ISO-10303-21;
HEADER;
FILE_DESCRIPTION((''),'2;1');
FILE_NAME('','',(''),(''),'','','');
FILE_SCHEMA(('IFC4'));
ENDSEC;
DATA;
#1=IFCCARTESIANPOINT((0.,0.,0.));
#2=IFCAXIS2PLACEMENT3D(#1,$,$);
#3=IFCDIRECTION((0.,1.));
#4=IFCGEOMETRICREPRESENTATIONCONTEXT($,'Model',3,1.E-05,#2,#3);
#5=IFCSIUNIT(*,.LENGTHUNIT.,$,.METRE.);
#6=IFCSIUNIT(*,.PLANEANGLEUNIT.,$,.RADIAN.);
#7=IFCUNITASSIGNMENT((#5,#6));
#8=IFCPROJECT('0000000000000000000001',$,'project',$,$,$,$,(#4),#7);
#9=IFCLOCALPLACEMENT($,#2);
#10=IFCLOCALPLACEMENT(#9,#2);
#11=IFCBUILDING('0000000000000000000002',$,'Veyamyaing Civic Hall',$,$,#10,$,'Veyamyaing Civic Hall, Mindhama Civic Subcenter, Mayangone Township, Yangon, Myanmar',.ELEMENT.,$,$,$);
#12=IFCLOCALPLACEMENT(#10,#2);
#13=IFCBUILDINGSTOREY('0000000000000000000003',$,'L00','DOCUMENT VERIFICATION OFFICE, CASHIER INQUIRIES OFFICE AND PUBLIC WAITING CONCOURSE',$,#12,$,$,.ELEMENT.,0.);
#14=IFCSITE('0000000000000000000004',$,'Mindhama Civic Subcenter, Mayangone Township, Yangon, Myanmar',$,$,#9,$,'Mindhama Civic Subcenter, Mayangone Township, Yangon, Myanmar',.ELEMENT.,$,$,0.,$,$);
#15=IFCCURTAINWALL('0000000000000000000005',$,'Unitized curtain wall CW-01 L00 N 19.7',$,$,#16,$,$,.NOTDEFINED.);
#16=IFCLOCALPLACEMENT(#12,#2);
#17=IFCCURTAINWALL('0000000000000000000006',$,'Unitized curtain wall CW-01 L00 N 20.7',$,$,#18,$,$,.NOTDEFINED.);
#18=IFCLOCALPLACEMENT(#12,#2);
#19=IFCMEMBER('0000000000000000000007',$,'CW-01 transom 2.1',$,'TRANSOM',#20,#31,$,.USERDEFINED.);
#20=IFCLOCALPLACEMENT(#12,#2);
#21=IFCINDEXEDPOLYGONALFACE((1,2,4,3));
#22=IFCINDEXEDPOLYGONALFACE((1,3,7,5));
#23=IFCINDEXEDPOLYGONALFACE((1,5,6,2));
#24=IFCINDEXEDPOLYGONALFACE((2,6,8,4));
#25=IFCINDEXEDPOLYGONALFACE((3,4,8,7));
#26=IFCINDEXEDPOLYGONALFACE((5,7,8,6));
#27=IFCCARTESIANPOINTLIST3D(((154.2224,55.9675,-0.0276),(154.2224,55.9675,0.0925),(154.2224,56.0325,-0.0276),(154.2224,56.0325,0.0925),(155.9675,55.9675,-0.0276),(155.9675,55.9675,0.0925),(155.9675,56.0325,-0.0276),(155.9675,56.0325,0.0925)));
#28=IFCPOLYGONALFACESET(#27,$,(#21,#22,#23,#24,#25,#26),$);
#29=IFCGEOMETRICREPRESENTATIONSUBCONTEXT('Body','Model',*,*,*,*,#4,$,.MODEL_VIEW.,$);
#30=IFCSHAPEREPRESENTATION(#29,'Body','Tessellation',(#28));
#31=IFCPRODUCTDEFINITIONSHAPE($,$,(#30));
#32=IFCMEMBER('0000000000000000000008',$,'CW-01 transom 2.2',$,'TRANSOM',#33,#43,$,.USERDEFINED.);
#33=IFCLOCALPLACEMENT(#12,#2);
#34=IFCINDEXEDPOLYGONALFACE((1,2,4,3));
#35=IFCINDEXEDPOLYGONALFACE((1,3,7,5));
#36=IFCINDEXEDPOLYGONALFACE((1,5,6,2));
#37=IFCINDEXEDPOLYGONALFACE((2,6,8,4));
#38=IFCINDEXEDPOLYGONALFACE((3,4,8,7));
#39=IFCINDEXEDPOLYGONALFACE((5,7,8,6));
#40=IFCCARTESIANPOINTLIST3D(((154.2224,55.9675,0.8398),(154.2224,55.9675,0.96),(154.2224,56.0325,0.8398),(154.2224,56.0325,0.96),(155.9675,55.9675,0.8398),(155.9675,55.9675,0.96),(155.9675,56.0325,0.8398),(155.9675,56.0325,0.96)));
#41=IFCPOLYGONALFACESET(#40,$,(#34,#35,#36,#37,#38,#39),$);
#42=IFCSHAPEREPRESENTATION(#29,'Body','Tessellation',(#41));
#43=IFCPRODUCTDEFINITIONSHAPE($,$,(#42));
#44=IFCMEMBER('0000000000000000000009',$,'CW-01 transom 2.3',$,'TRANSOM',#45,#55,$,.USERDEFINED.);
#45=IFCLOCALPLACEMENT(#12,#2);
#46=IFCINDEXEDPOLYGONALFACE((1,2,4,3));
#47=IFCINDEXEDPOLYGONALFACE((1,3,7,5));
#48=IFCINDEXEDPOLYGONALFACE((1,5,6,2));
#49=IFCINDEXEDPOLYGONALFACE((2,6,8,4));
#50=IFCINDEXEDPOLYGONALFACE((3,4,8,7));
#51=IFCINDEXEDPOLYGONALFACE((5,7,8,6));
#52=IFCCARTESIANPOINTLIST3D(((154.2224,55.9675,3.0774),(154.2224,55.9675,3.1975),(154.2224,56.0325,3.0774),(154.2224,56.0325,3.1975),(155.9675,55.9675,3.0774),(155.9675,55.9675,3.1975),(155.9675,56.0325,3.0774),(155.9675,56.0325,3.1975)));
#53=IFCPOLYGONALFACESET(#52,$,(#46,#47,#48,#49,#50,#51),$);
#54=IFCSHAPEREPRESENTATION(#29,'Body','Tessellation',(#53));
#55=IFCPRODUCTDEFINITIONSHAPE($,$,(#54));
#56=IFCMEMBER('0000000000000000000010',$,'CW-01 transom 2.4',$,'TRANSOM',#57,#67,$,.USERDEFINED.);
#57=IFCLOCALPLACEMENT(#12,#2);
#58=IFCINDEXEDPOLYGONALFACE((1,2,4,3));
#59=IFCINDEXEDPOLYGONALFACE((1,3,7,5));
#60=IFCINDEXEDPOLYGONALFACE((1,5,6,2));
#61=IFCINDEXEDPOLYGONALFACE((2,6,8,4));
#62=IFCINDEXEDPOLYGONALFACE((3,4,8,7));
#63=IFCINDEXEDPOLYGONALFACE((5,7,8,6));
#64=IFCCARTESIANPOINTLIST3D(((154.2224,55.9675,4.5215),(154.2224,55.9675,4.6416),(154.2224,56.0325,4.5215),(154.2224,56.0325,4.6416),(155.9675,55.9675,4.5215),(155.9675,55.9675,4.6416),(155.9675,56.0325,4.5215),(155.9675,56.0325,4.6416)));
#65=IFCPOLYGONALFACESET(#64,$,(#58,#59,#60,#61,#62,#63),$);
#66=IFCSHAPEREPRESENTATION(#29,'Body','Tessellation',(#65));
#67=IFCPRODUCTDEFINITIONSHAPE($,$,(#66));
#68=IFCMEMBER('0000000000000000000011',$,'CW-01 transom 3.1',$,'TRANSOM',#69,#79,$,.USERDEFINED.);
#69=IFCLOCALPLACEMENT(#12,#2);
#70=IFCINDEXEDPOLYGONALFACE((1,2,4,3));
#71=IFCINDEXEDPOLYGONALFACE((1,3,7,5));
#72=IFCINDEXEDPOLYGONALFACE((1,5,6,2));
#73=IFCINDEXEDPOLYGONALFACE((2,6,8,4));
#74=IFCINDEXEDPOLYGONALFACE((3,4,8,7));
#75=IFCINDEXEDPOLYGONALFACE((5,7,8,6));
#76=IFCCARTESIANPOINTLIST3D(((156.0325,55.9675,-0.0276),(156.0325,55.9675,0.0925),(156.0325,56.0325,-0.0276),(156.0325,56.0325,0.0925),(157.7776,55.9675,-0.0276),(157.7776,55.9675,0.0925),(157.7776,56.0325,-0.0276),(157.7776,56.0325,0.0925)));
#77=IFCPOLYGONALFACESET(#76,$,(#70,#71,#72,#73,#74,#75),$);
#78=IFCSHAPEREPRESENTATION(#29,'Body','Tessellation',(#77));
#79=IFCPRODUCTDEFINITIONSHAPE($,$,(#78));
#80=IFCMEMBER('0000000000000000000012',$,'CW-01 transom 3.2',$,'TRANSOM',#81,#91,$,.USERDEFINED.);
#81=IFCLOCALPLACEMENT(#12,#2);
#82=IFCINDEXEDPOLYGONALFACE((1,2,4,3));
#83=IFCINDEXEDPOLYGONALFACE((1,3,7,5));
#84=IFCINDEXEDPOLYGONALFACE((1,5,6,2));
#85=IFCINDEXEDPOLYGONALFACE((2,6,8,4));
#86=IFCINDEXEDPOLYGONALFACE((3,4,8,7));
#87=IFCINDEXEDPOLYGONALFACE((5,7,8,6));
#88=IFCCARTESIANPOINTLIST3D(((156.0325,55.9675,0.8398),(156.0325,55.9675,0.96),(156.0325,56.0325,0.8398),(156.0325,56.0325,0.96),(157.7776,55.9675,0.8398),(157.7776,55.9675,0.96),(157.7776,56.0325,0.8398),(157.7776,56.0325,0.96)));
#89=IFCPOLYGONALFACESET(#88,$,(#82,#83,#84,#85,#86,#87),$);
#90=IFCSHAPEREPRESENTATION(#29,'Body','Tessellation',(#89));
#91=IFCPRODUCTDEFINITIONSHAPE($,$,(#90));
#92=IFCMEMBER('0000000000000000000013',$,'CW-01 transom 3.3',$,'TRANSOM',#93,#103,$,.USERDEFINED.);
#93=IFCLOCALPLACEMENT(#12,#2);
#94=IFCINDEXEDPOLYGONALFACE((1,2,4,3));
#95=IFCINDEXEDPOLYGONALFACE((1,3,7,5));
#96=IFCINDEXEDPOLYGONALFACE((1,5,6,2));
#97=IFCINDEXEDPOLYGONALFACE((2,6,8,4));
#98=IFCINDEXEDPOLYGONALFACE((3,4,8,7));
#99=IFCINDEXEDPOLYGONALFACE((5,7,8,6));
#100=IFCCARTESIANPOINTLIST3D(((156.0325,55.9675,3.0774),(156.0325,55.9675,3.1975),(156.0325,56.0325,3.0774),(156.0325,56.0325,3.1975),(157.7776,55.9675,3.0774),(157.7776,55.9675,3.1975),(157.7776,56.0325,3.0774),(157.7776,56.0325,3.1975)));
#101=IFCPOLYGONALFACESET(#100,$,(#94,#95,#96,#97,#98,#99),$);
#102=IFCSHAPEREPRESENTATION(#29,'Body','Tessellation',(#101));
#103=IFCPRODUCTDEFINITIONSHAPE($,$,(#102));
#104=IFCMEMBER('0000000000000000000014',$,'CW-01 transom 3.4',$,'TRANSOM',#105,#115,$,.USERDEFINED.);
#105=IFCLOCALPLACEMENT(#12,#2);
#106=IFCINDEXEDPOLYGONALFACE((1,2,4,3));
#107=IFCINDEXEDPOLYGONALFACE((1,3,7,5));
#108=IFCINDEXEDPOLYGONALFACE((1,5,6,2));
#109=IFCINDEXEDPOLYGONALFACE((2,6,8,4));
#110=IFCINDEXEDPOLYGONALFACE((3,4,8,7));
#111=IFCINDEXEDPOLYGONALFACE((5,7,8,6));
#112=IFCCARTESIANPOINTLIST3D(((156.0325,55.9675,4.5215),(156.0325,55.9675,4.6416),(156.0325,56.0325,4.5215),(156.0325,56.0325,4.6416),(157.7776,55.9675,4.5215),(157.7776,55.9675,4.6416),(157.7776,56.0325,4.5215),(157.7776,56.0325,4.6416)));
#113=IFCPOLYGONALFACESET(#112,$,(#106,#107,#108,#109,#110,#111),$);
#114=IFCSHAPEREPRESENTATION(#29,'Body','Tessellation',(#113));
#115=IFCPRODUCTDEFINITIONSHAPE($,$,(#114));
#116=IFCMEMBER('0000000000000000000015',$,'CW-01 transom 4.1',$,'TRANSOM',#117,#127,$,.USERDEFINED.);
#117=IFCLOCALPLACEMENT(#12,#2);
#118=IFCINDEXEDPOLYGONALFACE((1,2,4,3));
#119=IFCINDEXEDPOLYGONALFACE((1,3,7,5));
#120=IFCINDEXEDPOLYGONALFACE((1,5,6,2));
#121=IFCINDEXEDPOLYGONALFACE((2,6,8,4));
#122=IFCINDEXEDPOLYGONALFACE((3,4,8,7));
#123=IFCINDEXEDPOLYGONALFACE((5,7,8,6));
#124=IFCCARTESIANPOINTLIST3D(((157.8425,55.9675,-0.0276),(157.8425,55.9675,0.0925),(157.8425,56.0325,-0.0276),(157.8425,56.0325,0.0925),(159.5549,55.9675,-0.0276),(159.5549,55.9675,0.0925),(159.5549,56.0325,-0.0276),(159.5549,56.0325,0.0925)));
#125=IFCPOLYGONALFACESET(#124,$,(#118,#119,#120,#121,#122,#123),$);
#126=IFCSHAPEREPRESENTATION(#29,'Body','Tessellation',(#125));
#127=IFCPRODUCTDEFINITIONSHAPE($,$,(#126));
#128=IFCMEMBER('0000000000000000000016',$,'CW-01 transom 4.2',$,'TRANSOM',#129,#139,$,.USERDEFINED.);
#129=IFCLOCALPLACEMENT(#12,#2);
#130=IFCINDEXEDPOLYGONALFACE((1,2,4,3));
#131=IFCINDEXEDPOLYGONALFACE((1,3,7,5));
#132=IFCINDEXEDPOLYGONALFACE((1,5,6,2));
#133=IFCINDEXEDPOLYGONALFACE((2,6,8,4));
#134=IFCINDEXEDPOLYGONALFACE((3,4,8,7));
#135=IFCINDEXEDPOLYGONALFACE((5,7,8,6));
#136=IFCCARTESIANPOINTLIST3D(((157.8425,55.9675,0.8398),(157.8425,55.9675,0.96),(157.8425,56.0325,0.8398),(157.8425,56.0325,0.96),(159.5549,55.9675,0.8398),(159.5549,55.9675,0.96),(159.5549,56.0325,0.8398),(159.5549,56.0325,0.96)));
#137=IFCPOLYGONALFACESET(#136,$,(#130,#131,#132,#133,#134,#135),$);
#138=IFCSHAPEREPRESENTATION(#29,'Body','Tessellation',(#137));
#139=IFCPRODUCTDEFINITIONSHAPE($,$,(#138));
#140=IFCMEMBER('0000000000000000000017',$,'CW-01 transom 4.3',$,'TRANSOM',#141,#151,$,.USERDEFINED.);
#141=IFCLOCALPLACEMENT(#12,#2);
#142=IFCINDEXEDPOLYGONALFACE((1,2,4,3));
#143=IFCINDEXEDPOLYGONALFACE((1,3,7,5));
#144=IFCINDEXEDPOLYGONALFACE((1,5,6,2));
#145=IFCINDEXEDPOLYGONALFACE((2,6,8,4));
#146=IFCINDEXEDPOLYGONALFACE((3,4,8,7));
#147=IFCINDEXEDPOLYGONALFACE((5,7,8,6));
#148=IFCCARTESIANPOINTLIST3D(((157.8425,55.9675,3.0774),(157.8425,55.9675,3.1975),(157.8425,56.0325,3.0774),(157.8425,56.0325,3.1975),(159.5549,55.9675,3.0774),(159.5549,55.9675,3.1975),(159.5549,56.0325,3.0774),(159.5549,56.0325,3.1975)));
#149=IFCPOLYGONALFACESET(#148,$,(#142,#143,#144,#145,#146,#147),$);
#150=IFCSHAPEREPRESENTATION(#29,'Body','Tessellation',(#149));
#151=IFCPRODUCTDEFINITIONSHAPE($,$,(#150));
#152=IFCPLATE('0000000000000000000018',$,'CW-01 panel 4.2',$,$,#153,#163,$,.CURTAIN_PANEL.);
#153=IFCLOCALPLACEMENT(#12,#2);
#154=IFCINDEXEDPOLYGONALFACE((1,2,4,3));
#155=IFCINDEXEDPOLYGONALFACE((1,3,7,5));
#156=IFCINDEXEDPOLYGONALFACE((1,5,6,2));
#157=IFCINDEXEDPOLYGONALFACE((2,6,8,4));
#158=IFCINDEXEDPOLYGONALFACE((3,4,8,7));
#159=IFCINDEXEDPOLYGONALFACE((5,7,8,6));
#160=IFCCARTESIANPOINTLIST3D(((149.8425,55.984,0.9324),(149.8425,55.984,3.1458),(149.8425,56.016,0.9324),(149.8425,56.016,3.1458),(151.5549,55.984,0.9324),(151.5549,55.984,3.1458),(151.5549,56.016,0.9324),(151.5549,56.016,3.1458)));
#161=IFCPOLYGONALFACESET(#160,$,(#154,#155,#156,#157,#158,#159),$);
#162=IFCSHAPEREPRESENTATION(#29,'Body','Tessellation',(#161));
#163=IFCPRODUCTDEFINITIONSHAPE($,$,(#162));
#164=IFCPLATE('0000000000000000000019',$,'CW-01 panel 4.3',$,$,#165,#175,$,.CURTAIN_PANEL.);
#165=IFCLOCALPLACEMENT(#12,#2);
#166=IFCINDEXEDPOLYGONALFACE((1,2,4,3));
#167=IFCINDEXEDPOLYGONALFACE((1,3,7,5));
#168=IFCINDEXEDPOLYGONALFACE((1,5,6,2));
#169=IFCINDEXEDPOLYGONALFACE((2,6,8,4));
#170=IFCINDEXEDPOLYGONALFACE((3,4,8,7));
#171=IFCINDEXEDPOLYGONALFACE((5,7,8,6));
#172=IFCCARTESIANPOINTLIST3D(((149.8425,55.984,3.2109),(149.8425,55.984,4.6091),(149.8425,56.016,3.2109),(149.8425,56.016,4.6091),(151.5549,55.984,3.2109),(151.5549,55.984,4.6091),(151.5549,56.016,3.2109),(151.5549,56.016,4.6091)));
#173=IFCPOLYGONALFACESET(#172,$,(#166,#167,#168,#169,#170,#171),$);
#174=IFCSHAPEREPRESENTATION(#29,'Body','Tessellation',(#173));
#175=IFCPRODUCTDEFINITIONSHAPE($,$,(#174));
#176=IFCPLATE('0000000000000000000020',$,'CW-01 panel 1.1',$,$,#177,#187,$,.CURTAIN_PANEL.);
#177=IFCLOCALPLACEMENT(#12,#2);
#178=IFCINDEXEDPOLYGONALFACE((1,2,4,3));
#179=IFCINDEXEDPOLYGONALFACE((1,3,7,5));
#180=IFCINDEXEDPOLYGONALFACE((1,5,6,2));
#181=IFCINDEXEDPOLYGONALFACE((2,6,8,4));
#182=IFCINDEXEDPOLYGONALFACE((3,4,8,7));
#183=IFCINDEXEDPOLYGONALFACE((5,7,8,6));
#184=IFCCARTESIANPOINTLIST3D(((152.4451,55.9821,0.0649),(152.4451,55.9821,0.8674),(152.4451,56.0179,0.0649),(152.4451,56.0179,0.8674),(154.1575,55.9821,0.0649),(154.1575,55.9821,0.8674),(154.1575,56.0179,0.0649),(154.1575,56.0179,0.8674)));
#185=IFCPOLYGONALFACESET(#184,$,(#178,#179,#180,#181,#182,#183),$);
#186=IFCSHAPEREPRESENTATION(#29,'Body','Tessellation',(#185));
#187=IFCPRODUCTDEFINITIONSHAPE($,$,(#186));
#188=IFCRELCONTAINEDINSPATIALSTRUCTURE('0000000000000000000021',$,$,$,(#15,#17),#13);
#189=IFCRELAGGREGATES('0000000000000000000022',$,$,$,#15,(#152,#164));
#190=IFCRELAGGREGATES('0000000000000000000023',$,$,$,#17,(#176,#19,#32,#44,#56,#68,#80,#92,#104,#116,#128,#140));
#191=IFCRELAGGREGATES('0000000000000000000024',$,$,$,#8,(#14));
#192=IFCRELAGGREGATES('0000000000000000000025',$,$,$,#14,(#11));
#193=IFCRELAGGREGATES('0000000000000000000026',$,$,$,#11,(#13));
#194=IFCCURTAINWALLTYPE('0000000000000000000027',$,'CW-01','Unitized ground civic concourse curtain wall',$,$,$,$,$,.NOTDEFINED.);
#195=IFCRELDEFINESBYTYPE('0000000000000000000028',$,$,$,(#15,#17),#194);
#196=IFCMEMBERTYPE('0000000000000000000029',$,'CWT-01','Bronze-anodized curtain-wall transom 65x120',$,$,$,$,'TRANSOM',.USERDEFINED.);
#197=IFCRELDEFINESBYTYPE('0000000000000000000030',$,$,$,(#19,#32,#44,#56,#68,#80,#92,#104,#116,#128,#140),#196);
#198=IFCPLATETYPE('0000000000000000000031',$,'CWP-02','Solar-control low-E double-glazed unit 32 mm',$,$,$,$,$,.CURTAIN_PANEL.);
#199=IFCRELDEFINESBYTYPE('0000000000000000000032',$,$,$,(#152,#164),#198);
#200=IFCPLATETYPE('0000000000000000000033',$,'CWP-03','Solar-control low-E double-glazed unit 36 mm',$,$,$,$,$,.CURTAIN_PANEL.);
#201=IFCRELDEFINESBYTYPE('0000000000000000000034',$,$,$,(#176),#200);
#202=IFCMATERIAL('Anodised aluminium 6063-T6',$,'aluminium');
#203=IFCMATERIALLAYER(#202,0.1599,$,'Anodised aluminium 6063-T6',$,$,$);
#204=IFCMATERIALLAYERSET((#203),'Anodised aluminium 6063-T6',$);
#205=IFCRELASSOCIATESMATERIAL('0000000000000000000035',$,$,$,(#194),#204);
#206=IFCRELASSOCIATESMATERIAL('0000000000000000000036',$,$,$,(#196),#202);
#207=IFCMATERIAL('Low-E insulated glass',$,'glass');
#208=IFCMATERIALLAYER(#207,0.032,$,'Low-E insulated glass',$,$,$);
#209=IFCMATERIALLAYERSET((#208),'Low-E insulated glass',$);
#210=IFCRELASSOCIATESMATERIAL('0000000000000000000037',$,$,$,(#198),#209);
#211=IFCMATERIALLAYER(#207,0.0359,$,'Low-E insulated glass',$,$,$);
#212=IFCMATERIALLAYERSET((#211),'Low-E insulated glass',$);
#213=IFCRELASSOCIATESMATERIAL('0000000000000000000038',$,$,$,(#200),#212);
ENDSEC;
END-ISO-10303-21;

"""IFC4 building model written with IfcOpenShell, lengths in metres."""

from ifc_helpers import new_model, si_unit, direction, frame, origin, origin_2d, place, context, subcontext, project, spatial, rectangle, extrude, material, layer, layer_set, material_profile, profile_set, type_object, element, aggregate, save


model = new_model("IFC4")

# Units and contexts
model_context = context("Model", 3, precision=1e-05, world=origin(), true_north=direction((0.0, 1.0)))
body_context = subcontext(model_context, "Body", "Model", "MODEL_VIEW")
ifc_project = project(units=[si_unit("LENGTHUNIT", "METRE"), si_unit("PLANEANGLEUNIT", "RADIAN")], contexts=[model_context])

# Site, building, storey
site_placement = place(None, origin())
site = spatial("IfcSite", under=ifc_project, at=site_placement, Name="Mindhama Civic Subcenter, Mayangone Township, Yangon, Myanmar", LongName="Mindhama Civic Subcenter, Mayangone Township, Yangon, Myanmar", CompositionType="ELEMENT", RefElevation=0.0)
building_placement = place(site_placement, origin())
building = spatial("IfcBuilding", under=site, at=building_placement, Name="Veyamyaing Civic Hall", LongName="Veyamyaing Civic Hall, Mindhama Civic Subcenter, Mayangone Township, Yangon, Myanmar", CompositionType="ELEMENT")
storey_placement = place(building_placement, origin())
storey = spatial("IfcBuildingStorey", under=building, at=storey_placement, Name="L00", Description="DOCUMENT VERIFICATION OFFICE, CASHIER INQUIRIES OFFICE AND PUBLIC WAITING CONCOURSE", CompositionType="ELEMENT", Elevation=0.0)

# Curtain wall
ifc_material_1 = material(Name="Anodised aluminium 6063-T6", Category="aluminium")
ifc_layer_1 = layer(ifc_material_1, 0.1599, Name="Anodised aluminium 6063-T6")
ifc_layer_set_1 = layer_set([ifc_layer_1], Name="Anodised aluminium 6063-T6")
curtain_wall_type = type_object("IfcCurtainWallType", Name="CW-01", Description="Unitized ground civic concourse curtain wall", PredefinedType="NOTDEFINED", material=ifc_layer_set_1)
curtain_wall_1_placement = place(storey_placement, origin())
curtain_wall_1 = element("IfcCurtainWall", 1, at=curtain_wall_1_placement, inside=storey, type_object=curtain_wall_type, Name="Unitized curtain wall CW-01 L00 N 19.7", PredefinedType="NOTDEFINED")

# Curtain wall, members
curtain_wall_2_placement = place(storey_placement, origin())
curtain_wall_2 = element("IfcCurtainWall", 2, at=curtain_wall_2_placement, inside=storey, type_object=curtain_wall_type, Name="Unitized curtain wall CW-01 L00 N 20.7", PredefinedType="NOTDEFINED")
ifc_material_profile_1 = material_profile(ifc_material_1, rectangle(XDim=0.0649, YDim=0.1201, at=origin_2d()), Name="ALU-TRN-65X120")
ifc_profile_set_1 = profile_set([ifc_material_profile_1], Name="Anodised aluminium 6063-T6")
member_type_1 = type_object("IfcMemberType", Name="CWT-01", Description="Bronze-anodized curtain-wall transom 65x120", ElementType="TRANSOM", PredefinedType="USERDEFINED", material=ifc_profile_set_1)
member_1_placement = place(storey_placement, frame((154.2224, 56.0, 0.0325), z_axis=(1.0, 0.0, 0.0), x_axis=(0.0, 1.0, 0.0)))
member_1 = element("IfcMember", 3, at=member_1_placement, type_object=member_type_1, Name="CW-01 transom 2.1", ObjectType="TRANSOM", PredefinedType="USERDEFINED", context=body_context, shape_type="SweptSolid", body=[
    extrude(rectangle(XDim=0.0649, YDim=0.1201, at=origin_2d()), origin(), (0.0, 0.0, 1.0), 1.7451),
])
member_2_placement = place(storey_placement, frame((154.2224, 56.0, 0.8999), z_axis=(1.0, 0.0, 0.0), x_axis=(0.0, 1.0, 0.0)))
member_2 = element("IfcMember", 4, at=member_2_placement, type_object=member_type_1, Name="CW-01 transom 2.2", ObjectType="TRANSOM", PredefinedType="USERDEFINED", context=body_context, shape_type="SweptSolid", body=[
    extrude(rectangle(XDim=0.0649, YDim=0.1201, at=origin_2d()), origin(), (0.0, 0.0, 1.0), 1.7451),
])
member_3_placement = place(storey_placement, frame((154.2224, 56.0, 3.1375), z_axis=(1.0, 0.0, 0.0), x_axis=(0.0, 1.0, 0.0)))
member_3 = element("IfcMember", 5, at=member_3_placement, type_object=member_type_1, Name="CW-01 transom 2.3", ObjectType="TRANSOM", PredefinedType="USERDEFINED", context=body_context, shape_type="SweptSolid", body=[
    extrude(rectangle(XDim=0.0649, YDim=0.1201, at=origin_2d()), origin(), (0.0, 0.0, 1.0), 1.7451),
])
member_4_placement = place(storey_placement, frame((154.2224, 56.0, 4.5815), z_axis=(1.0, 0.0, 0.0), x_axis=(0.0, 1.0, 0.0)))
member_4 = element("IfcMember", 6, at=member_4_placement, type_object=member_type_1, Name="CW-01 transom 2.4", ObjectType="TRANSOM", PredefinedType="USERDEFINED", context=body_context, shape_type="SweptSolid", body=[
    extrude(rectangle(XDim=0.0649, YDim=0.1201, at=origin_2d()), origin(), (0.0, 0.0, 1.0), 1.7451),
])
member_5_placement = place(storey_placement, frame((156.0325, 56.0, 0.0325), z_axis=(1.0, 0.0, 0.0), x_axis=(0.0, 1.0, 0.0)))
member_5 = element("IfcMember", 7, at=member_5_placement, type_object=member_type_1, Name="CW-01 transom 3.1", ObjectType="TRANSOM", PredefinedType="USERDEFINED", context=body_context, shape_type="SweptSolid", body=[
    extrude(rectangle(XDim=0.0649, YDim=0.1201, at=origin_2d()), origin(), (0.0, 0.0, 1.0), 1.7451),
])
member_6_placement = place(storey_placement, frame((156.0325, 56.0, 0.8999), z_axis=(1.0, 0.0, 0.0), x_axis=(0.0, 1.0, 0.0)))
member_6 = element("IfcMember", 8, at=member_6_placement, type_object=member_type_1, Name="CW-01 transom 3.2", ObjectType="TRANSOM", PredefinedType="USERDEFINED", context=body_context, shape_type="SweptSolid", body=[
    extrude(rectangle(XDim=0.0649, YDim=0.1201, at=origin_2d()), origin(), (0.0, 0.0, 1.0), 1.7451),
])
member_7_placement = place(storey_placement, frame((156.0325, 56.0, 3.1375), z_axis=(1.0, 0.0, 0.0), x_axis=(0.0, 1.0, 0.0)))
member_7 = element("IfcMember", 9, at=member_7_placement, type_object=member_type_1, Name="CW-01 transom 3.3", ObjectType="TRANSOM", PredefinedType="USERDEFINED", context=body_context, shape_type="SweptSolid", body=[
    extrude(rectangle(XDim=0.0649, YDim=0.1201, at=origin_2d()), origin(), (0.0, 0.0, 1.0), 1.7451),
])
member_8_placement = place(storey_placement, frame((156.0325, 56.0, 4.5815), z_axis=(1.0, 0.0, 0.0), x_axis=(0.0, 1.0, 0.0)))
member_8 = element("IfcMember", 10, at=member_8_placement, type_object=member_type_1, Name="CW-01 transom 3.4", ObjectType="TRANSOM", PredefinedType="USERDEFINED", context=body_context, shape_type="SweptSolid", body=[
    extrude(rectangle(XDim=0.0649, YDim=0.1201, at=origin_2d()), origin(), (0.0, 0.0, 1.0), 1.7451),
])
member_9_placement = place(storey_placement, frame((157.8425, 56.0, 0.0325), z_axis=(1.0, 0.0, 0.0), x_axis=(0.0, 1.0, 0.0)))
member_9 = element("IfcMember", 11, at=member_9_placement, type_object=member_type_1, Name="CW-01 transom 4.1", ObjectType="TRANSOM", PredefinedType="USERDEFINED", context=body_context, shape_type="SweptSolid", body=[
    extrude(rectangle(XDim=0.0649, YDim=0.1201, at=origin_2d()), origin(), (0.0, 0.0, 1.0), 1.7124),
])
member_10_placement = place(storey_placement, frame((157.8425, 56.0, 0.8999), z_axis=(1.0, 0.0, 0.0), x_axis=(0.0, 1.0, 0.0)))
member_10 = element("IfcMember", 12, at=member_10_placement, type_object=member_type_1, Name="CW-01 transom 4.2", ObjectType="TRANSOM", PredefinedType="USERDEFINED", context=body_context, shape_type="SweptSolid", body=[
    extrude(rectangle(XDim=0.0649, YDim=0.1201, at=origin_2d()), origin(), (0.0, 0.0, 1.0), 1.7124),
])
member_11_placement = place(storey_placement, frame((157.8425, 56.0, 3.1375), z_axis=(1.0, 0.0, 0.0), x_axis=(0.0, 1.0, 0.0)))
member_11 = element("IfcMember", 13, at=member_11_placement, type_object=member_type_1, Name="CW-01 transom 4.3", ObjectType="TRANSOM", PredefinedType="USERDEFINED", context=body_context, shape_type="SweptSolid", body=[
    extrude(rectangle(XDim=0.0649, YDim=0.1201, at=origin_2d()), origin(), (0.0, 0.0, 1.0), 1.7124),
])

# Plates
ifc_material_2 = material(Name="Low-E insulated glass", Category="glass")
ifc_layer_2 = layer(ifc_material_2, 0.032, Name="Low-E insulated glass")
ifc_layer_set_2 = layer_set([ifc_layer_2], Name="Low-E insulated glass")
plate_type_1 = type_object("IfcPlateType", Name="CWP-02", Description="Solar-control low-E double-glazed unit 32 mm", PredefinedType="CURTAIN_PANEL", material=ifc_layer_set_2)
plate_1_placement = place(storey_placement, frame((150.6987, 56.0, 0.9324), z_axis=(0.0, 0.0, 1.0), x_axis=(1.0, 0.0, 0.0)))
plate_1 = element("IfcPlate", 14, at=plate_1_placement, type_object=plate_type_1, Name="CW-01 panel 4.2", PredefinedType="CURTAIN_PANEL", context=body_context, shape_type="SweptSolid", body=[
    extrude(rectangle(XDim=1.7124, YDim=0.032, at=origin_2d()), origin(), (0.0, 0.0, 1.0), 2.2134),
])
plate_2_placement = place(storey_placement, frame((150.6987, 56.0, 3.2109), z_axis=(0.0, 0.0, 1.0), x_axis=(1.0, 0.0, 0.0)))
plate_2 = element("IfcPlate", 15, at=plate_2_placement, type_object=plate_type_1, Name="CW-01 panel 4.3", PredefinedType="CURTAIN_PANEL", context=body_context, shape_type="SweptSolid", body=[
    extrude(rectangle(XDim=1.7124, YDim=0.032, at=origin_2d()), origin(), (0.0, 0.0, 1.0), 1.3982),
])
aggregate(curtain_wall_1, [plate_1, plate_2])
ifc_layer_3 = layer(ifc_material_2, 0.0359, Name="Low-E insulated glass")
ifc_layer_set_3 = layer_set([ifc_layer_3], Name="Low-E insulated glass")
plate_type_2 = type_object("IfcPlateType", Name="CWP-03", Description="Solar-control low-E double-glazed unit 36 mm", PredefinedType="CURTAIN_PANEL", material=ifc_layer_set_3)
plate_3_placement = place(storey_placement, frame((153.3013, 56.0, 0.0649), z_axis=(0.0, 0.0, 1.0), x_axis=(1.0, 0.0, 0.0)))
plate_3 = element("IfcPlate", 16, at=plate_3_placement, type_object=plate_type_2, Name="CW-01 panel 1.1", PredefinedType="CURTAIN_PANEL", context=body_context, shape_type="SweptSolid", body=[
    extrude(rectangle(XDim=1.7124, YDim=0.0359, at=origin_2d()), origin(), (0.0, 0.0, 1.0), 0.8025),
])
aggregate(curtain_wall_2, [plate_3, member_1, member_2, member_3, member_4, member_5, member_6, member_7, member_8, member_9, member_10, member_11])

save(model, "model.ifc")
